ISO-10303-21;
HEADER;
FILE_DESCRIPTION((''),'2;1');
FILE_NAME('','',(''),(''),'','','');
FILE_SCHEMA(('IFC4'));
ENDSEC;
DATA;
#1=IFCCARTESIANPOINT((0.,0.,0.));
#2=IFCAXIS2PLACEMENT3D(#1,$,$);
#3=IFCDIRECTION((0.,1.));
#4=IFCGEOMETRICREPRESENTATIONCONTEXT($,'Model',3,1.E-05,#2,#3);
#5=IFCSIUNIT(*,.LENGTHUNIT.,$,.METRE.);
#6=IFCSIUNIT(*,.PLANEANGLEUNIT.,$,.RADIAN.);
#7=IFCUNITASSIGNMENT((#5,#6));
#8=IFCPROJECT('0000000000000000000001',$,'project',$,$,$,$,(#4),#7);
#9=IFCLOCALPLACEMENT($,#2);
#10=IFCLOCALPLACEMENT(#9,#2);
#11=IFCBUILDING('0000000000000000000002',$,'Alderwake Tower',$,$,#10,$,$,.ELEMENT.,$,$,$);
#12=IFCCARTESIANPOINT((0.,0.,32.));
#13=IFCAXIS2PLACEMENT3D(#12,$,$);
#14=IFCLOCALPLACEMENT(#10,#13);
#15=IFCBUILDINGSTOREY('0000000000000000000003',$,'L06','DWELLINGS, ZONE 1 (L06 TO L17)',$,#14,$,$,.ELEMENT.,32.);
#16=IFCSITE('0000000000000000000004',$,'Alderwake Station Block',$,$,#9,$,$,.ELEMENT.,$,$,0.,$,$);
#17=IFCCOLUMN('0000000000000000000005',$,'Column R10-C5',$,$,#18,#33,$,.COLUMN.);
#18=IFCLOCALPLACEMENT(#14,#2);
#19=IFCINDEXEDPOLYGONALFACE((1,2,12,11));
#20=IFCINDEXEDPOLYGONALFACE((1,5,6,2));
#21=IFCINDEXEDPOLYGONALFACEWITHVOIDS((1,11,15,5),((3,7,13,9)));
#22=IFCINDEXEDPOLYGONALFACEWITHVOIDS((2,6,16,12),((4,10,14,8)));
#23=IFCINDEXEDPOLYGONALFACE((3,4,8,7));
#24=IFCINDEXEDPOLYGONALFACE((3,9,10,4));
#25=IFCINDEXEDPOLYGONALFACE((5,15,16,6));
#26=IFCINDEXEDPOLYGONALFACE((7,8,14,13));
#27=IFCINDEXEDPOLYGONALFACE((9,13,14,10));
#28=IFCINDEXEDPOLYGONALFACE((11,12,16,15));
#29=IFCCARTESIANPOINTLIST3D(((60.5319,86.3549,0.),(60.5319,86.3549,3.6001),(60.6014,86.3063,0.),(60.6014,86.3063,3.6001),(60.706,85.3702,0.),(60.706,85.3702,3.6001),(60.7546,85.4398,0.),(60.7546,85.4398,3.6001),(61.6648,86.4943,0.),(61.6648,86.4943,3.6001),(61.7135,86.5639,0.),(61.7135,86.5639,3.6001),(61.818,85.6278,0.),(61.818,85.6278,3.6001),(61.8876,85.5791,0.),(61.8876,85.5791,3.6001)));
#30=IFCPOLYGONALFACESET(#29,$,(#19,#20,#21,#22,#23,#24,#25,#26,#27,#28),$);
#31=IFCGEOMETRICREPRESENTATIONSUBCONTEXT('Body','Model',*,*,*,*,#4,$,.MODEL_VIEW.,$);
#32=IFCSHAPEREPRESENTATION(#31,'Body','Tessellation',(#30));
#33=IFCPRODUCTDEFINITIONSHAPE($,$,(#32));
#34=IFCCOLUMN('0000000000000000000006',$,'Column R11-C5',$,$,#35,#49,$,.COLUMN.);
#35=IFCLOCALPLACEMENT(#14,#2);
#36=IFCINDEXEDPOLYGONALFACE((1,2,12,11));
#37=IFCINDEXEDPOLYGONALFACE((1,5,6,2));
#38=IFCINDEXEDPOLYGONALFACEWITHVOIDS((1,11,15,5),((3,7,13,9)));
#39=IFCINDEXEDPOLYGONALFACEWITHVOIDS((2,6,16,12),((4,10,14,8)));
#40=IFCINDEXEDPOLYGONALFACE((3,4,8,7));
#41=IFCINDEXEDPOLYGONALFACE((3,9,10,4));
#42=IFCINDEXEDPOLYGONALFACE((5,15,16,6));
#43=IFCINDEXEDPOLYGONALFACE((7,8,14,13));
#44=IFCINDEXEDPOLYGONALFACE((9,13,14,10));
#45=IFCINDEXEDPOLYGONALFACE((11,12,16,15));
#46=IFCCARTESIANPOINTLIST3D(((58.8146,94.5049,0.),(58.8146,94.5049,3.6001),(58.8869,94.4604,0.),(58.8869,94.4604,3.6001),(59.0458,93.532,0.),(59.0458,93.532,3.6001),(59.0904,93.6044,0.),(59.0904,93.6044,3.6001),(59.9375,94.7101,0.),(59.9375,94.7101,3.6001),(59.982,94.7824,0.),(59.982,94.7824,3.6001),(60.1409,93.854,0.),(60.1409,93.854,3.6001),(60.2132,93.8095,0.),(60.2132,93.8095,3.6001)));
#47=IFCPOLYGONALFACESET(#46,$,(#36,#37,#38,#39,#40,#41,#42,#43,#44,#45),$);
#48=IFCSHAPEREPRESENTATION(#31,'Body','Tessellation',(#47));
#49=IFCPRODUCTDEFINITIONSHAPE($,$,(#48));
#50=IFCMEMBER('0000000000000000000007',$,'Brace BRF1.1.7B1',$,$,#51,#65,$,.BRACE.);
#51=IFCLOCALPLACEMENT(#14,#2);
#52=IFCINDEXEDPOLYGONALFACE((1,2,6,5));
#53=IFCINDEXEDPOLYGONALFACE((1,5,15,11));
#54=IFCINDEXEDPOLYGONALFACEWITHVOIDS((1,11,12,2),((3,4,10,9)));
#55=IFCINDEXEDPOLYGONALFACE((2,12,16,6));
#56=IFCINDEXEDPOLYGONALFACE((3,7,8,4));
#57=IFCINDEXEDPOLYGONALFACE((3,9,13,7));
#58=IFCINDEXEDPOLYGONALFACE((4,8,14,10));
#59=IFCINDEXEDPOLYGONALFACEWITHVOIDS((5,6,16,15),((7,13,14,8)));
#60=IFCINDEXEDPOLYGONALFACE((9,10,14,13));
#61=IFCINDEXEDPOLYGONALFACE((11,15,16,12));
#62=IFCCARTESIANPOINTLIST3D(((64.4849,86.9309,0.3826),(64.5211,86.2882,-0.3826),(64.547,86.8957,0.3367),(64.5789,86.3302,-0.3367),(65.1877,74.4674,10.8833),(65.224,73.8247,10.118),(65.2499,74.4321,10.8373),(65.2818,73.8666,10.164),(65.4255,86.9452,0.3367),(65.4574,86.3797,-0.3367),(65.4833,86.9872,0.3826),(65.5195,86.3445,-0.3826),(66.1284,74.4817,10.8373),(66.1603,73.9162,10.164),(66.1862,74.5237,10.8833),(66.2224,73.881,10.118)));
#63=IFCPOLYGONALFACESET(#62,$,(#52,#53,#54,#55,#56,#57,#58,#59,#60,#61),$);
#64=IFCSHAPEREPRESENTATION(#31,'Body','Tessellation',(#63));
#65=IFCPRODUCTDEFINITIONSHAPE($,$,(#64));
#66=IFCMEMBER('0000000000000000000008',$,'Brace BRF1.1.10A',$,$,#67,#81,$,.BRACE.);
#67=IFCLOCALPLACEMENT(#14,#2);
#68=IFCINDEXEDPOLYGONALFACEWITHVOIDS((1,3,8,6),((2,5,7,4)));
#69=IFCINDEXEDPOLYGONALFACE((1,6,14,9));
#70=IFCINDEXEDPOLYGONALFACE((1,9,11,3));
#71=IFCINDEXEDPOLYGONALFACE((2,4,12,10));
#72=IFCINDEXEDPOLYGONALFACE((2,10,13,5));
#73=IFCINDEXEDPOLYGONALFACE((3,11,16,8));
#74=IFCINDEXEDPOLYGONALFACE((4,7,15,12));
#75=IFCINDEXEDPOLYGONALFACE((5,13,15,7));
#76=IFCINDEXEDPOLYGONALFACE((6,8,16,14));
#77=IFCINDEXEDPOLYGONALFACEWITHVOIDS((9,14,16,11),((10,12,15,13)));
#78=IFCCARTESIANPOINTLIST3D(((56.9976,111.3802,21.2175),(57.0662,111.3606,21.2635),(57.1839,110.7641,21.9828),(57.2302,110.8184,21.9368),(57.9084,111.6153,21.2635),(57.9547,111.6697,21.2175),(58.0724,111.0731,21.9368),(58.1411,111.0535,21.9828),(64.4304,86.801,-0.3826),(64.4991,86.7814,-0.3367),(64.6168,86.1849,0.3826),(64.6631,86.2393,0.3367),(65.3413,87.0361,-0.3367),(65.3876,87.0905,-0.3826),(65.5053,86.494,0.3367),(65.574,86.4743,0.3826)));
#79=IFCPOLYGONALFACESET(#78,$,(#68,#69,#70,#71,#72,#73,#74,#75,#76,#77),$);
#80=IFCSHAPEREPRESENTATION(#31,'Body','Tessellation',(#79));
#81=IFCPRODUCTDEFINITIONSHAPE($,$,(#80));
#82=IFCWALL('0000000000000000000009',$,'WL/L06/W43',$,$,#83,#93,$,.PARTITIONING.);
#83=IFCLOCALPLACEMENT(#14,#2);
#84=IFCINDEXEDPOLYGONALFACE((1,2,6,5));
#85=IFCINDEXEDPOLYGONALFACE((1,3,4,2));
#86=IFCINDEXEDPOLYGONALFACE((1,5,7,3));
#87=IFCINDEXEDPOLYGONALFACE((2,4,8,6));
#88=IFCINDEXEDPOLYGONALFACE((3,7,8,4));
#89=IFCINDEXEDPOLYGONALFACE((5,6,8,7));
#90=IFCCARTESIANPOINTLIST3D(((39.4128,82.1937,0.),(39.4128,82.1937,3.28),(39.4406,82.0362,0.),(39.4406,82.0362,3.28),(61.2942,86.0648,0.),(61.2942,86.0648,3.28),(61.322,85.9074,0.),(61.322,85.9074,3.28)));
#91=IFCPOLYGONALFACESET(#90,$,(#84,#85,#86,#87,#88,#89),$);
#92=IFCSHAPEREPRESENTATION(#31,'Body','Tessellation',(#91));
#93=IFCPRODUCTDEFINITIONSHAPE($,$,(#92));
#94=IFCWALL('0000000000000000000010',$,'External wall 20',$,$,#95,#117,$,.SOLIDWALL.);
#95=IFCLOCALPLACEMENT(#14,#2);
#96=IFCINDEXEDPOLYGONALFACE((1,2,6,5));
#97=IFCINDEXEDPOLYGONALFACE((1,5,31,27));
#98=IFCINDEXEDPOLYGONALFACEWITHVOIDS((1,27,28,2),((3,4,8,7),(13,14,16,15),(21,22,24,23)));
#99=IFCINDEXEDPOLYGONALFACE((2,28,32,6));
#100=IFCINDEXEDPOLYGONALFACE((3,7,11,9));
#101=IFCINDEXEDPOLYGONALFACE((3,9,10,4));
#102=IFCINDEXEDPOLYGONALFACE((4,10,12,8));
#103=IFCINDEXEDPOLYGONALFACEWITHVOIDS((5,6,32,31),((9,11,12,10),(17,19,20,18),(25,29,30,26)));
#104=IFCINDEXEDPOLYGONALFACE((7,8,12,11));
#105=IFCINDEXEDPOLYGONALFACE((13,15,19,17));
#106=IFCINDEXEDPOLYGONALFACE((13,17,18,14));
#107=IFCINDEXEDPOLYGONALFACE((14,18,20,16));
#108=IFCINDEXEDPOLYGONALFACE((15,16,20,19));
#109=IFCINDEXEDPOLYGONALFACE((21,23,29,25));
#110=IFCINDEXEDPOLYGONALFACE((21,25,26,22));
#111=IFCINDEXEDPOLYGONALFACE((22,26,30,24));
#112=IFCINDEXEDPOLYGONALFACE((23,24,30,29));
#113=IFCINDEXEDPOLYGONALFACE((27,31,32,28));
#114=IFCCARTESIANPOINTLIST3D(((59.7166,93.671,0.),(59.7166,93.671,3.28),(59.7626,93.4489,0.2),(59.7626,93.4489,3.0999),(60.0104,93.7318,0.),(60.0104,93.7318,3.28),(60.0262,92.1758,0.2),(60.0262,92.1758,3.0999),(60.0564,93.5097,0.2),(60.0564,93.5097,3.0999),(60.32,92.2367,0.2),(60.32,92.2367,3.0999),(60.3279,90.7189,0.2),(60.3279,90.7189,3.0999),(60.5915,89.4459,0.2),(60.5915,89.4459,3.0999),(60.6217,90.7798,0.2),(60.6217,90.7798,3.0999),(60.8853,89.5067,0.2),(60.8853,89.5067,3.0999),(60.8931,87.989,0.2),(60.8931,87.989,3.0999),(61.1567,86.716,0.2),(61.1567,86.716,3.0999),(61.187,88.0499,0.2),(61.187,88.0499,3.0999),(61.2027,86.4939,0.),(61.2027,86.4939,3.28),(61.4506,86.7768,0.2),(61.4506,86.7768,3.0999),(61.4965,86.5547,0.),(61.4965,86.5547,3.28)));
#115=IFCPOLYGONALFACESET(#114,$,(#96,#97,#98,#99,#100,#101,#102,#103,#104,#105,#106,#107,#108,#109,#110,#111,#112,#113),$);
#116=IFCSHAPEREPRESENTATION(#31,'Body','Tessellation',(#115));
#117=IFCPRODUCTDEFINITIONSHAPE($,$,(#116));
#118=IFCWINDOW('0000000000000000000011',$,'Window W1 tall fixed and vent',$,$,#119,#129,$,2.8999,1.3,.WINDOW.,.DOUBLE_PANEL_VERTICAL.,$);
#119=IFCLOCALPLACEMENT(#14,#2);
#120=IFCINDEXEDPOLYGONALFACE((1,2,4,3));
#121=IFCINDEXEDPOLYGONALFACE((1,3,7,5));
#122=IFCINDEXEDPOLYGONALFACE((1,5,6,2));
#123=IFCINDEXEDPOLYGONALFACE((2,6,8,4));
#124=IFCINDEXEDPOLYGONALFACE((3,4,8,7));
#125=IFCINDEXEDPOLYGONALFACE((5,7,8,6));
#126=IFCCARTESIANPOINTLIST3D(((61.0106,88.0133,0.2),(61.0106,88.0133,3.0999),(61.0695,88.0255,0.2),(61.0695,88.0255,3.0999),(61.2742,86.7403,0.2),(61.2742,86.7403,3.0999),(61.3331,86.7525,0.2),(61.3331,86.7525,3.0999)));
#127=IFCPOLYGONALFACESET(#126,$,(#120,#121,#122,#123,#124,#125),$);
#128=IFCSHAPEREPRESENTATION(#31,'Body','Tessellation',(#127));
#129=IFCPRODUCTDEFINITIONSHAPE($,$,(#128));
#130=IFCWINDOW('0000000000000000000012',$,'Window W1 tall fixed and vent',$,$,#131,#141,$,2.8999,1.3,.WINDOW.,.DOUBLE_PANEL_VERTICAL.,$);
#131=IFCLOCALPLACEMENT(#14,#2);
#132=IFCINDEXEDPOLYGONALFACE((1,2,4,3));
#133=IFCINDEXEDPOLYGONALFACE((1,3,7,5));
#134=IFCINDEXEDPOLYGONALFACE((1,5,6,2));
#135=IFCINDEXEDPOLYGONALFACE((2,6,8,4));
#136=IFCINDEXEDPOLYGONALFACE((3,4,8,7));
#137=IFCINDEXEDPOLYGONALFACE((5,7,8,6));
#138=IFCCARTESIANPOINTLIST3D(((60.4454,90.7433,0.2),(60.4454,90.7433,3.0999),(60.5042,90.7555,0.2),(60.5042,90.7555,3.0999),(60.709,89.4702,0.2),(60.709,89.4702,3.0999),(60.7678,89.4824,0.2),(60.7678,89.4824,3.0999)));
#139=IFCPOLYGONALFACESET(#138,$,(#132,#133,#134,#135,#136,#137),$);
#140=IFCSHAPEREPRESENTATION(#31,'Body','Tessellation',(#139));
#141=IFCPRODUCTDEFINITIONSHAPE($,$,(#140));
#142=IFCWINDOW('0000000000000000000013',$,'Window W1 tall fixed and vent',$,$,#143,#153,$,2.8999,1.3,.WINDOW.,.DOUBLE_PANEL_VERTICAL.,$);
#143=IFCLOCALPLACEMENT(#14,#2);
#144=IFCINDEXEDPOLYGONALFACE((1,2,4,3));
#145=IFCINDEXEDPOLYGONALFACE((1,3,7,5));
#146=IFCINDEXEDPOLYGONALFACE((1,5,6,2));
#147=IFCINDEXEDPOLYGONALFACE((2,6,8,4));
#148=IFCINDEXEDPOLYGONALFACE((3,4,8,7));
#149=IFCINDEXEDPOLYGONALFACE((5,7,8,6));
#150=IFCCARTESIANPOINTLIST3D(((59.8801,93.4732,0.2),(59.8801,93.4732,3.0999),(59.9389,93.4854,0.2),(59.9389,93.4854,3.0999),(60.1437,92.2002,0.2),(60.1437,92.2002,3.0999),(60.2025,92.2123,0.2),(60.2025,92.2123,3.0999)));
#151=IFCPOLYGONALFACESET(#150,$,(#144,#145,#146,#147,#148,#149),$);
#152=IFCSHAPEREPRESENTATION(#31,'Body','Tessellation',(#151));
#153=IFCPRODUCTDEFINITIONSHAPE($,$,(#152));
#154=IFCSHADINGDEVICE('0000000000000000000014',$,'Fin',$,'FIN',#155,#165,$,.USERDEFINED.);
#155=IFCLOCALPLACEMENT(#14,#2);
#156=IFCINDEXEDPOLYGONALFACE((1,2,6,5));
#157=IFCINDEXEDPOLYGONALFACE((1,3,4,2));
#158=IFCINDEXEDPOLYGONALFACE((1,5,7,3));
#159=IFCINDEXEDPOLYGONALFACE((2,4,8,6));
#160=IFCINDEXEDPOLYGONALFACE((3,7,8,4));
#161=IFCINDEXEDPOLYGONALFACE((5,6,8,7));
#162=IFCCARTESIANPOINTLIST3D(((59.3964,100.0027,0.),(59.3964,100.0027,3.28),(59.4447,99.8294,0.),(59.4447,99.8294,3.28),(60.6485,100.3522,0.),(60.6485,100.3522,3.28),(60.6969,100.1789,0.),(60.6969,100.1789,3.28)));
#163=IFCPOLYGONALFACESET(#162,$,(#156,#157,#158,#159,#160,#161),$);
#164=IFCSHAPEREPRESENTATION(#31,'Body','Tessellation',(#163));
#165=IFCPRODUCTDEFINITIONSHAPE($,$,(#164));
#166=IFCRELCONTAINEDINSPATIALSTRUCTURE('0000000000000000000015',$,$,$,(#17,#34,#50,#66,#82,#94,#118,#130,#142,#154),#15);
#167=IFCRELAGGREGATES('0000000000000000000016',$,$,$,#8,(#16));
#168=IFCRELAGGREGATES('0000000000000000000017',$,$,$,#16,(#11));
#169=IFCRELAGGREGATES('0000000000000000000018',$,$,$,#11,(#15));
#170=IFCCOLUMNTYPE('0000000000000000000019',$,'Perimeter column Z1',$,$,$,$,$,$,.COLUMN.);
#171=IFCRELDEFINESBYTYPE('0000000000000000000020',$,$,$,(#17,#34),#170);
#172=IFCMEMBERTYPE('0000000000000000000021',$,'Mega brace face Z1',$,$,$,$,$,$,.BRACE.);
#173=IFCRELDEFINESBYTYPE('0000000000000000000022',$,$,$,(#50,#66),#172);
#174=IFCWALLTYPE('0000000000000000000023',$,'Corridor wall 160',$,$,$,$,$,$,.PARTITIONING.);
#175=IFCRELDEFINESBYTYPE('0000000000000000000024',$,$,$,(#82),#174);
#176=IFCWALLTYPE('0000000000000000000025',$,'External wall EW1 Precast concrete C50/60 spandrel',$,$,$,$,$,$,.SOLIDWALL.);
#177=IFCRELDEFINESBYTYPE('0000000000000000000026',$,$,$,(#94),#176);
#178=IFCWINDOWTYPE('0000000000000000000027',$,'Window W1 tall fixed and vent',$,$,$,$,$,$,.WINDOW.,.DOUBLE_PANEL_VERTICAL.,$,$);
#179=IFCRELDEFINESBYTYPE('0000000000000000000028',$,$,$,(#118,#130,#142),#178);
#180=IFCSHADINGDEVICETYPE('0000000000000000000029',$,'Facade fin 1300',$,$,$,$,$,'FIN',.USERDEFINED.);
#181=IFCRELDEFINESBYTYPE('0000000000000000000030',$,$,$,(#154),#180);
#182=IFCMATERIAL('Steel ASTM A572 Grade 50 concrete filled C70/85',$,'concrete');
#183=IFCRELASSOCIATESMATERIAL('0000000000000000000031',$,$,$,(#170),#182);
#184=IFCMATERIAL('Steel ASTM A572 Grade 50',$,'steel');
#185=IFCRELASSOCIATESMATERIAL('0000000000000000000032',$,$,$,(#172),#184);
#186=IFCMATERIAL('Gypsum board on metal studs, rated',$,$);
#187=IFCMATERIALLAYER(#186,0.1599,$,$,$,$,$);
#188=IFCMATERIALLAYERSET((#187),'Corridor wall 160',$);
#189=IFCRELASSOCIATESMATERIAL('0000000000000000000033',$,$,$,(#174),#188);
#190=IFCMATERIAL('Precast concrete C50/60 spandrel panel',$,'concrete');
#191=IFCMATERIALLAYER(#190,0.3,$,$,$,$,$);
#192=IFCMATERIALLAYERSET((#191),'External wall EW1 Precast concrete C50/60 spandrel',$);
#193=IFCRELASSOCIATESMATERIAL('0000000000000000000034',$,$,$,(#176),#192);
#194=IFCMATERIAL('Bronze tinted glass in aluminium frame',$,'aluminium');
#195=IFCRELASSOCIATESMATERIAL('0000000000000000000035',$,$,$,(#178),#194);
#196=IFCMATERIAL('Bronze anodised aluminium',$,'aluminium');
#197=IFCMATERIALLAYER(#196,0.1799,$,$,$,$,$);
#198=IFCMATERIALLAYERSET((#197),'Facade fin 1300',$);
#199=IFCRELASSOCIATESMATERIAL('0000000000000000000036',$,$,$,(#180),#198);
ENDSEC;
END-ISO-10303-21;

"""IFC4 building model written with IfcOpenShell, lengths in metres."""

from ifc_helpers import new_model, si_unit, direction, frame, frame_2d, origin, origin_2d, place, context, subcontext, project, spatial, rectangle, hollow_rectangle, extrude, material, layer, layer_set, material_profile, profile_set, type_object, element, fill, save


model = new_model("IFC4")

# Units and contexts
model_context = context("Model", 3, precision=1e-05, world=origin(), true_north=direction((0.0, 1.0)))
body_context = subcontext(model_context, "Body", "Model", "MODEL_VIEW")
ifc_project = project(units=[si_unit("LENGTHUNIT", "METRE"), si_unit("PLANEANGLEUNIT", "RADIAN")], contexts=[model_context])

# Site, building, storey
site_placement = place(None, origin())
site = spatial("IfcSite", under=ifc_project, at=site_placement, Name="Alderwake Station Block", CompositionType="ELEMENT", RefElevation=0.0)
building_placement = place(site_placement, origin())
building = spatial("IfcBuilding", under=site, at=building_placement, Name="Alderwake Tower", CompositionType="ELEMENT")
storey_placement = place(building_placement, frame((0.0, 0.0, 32.0)))
storey = spatial("IfcBuildingStorey", under=building, at=storey_placement, Name="L06", Description="DWELLINGS, ZONE 1 (L06 TO L17)", CompositionType="ELEMENT", Elevation=32.0)

# Columns
ifc_material_1 = material(Name="Steel ASTM A572 Grade 50 concrete filled C70/85", Category="concrete")
ifc_material_profile_1 = material_profile(ifc_material_1, hollow_rectangle(XDim=1.0, YDim=1.2, WallThickness=0.0601, at=origin_2d()), Name="BOX 1200X1000X60")
ifc_profile_set_1 = profile_set([ifc_material_profile_1], Name="Steel ASTM A572 Grade 50 concrete filled C70/85")
column_type = type_object("IfcColumnType", Name="Perimeter column Z1", PredefinedType="COLUMN", material=ifc_profile_set_1)
for number, where, z_axis, x_axis, name in (
    (1, (61.2097, 85.967, 0.0), (0.0, 0.0, 1.0), (-0.174109, 0.984726, 0.0), "Column R10-C5"),
    (2, (59.5139, 94.1572, 0.0), (0.0, 0.0, 1.0), (-0.231222, 0.972901, 0.0), "Column R11-C5"),
):
    element("IfcColumn", number, at=place(storey_placement, frame(where, z_axis=z_axis, x_axis=x_axis)), inside=storey, type_object=column_type, Name=name, PredefinedType="COLUMN", context=body_context, shape_type="SweptSolid", body=[
        extrude(hollow_rectangle(XDim=1.0, YDim=1.2, WallThickness=0.0601, at=origin_2d()), origin(), (0.0, 0.0, 1.0), 3.6001),
    ])

# Members
ifc_material_2 = material(Name="Steel ASTM A572 Grade 50", Category="steel")
ifc_material_profile_2 = material_profile(ifc_material_2, hollow_rectangle(XDim=1.0, YDim=1.0, WallThickness=0.0601, at=origin_2d()), Name="BOX 1000X1000X60")
ifc_profile_set_2 = profile_set([ifc_material_profile_2], Name="Steel ASTM A572 Grade 50")
member_type = type_object("IfcMemberType", Name="Mega brace face Z1", PredefinedType="BRACE", material=ifc_profile_set_2)
member_1_placement = place(storey_placement, frame((65.0022, 86.6377, 0.0), z_axis=(0.043088, -0.764048, 0.643719), x_axis=(0.998414, 0.056305, 0.0)))
element("IfcMember", 3, at=member_1_placement, inside=storey, type_object=member_type, Name="Brace BRF1.1.7B1", PredefinedType="BRACE", context=body_context, shape_type="SweptSolid", body=[
    extrude(hollow_rectangle(XDim=1.0, YDim=1.0, WallThickness=0.0601, at=origin_2d()), origin(), (0.0, 0.0, 1.0), 16.3125),
])
member_2_placement = place(storey_placement, frame((65.0022, 86.6377, 0.0), z_axis=(-0.221512, 0.7325, 0.643721), x_axis=(-0.95719, -0.28946, 0.0)))
element("IfcMember", 4, at=member_2_placement, inside=storey, type_object=member_type, Name="Brace BRF1.1.10A", PredefinedType="BRACE", context=body_context, shape_type="SweptSolid", body=[
    extrude(hollow_rectangle(XDim=1.0, YDim=1.0, WallThickness=0.0601, at=origin_2d()), origin(), (0.0, 0.0, 1.0), 33.5552),
])

# Wall
ifc_material_3 = material(Name="Gypsum board on metal studs, rated")
ifc_layer_1 = layer(ifc_material_3, 0.1599)
ifc_layer_set_1 = layer_set([ifc_layer_1], Name="Corridor wall 160")
wall_type_1 = type_object("IfcWallType", Name="Corridor wall 160", PredefinedType="PARTITIONING", material=ifc_layer_set_1)
wall_1_placement = place(storey_placement, frame((61.3081, 85.9861, 0.0), z_axis=(0.0, 0.0, 1.0), x_axis=(-0.984709, -0.174208, 0.0)))
element("IfcWall", 5, at=wall_1_placement, inside=storey, type_object=wall_type_1, Name="WL/L06/W43", PredefinedType="PARTITIONING", context=body_context, shape_type="SweptSolid", body=[
    extrude(rectangle(XDim=22.2212, YDim=0.1599, at=frame_2d((11.1106, 0.0))), origin(), (0.0, 0.0, 1.0), 3.28),
])

# Wall, openings, windows
ifc_material_4 = material(Name="Precast concrete C50/60 spandrel panel", Category="concrete")
ifc_layer_2 = layer(ifc_material_4, 0.3)
ifc_layer_set_2 = layer_set([ifc_layer_2], Name="External wall EW1 Precast concrete C50/60 spandrel")
wall_type_2 = type_object("IfcWallType", Name="External wall EW1 Precast concrete C50/60 spandrel", PredefinedType="SOLIDWALL", material=ifc_layer_set_2)
wall_2_placement = place(storey_placement, frame((61.3496, 86.5244, 0.0), z_axis=(0.0, 0.0, 1.0), x_axis=(-0.202761, 0.979228, 0.0)))
wall_2 = element("IfcWall", 6, at=wall_2_placement, inside=storey, type_object=wall_type_2, Name="External wall 20", PredefinedType="SOLIDWALL", context=body_context, shape_type="SweptSolid", body=[
    extrude(rectangle(XDim=7.3293, YDim=0.3, at=frame_2d((3.6646, 0.0))), origin(), (0.0, 0.0, 1.0), 3.28),
])
opening_1_placement = place(wall_2_placement, frame((0.2268, 0.0, 0.2)))
opening_1 = element("IfcOpeningElement", 7, at=opening_1_placement, cuts=wall_2, PredefinedType="OPENING", context=body_context, shape_type="SweptSolid", body=[
    extrude(rectangle(XDim=1.3, YDim=2.8999, at=frame_2d((0.6499, 1.45))), frame((0.0, 0.1599, 0.0), z_axis=(0.0, -1.0, 0.0), x_axis=(1.0, 0.0, 0.0)), (0.0, 0.0, 1.0), 0.3201),
])
opening_2_placement = place(wall_2_placement, frame((3.0146, 0.0, 0.2)))
opening_2 = element("IfcOpeningElement", 8, at=opening_2_placement, cuts=wall_2, PredefinedType="OPENING", context=body_context, shape_type="SweptSolid", body=[
    extrude(rectangle(XDim=1.3, YDim=2.8999, at=frame_2d((0.6499, 1.45))), frame((0.0, 0.1599, 0.0), z_axis=(0.0, -1.0, 0.0), x_axis=(1.0, 0.0, 0.0)), (0.0, 0.0, 1.0), 0.3201),
])
opening_3_placement = place(wall_2_placement, frame((5.8025, 0.0, 0.2)))
opening_3 = element("IfcOpeningElement", 9, at=opening_3_placement, cuts=wall_2, PredefinedType="OPENING", context=body_context, shape_type="SweptSolid", body=[
    extrude(rectangle(XDim=1.3, YDim=2.8999, at=frame_2d((0.6499, 1.45))), frame((0.0, 0.1599, 0.0), z_axis=(0.0, -1.0, 0.0), x_axis=(1.0, 0.0, 0.0)), (0.0, 0.0, 1.0), 0.3201),
])
ifc_material_5 = material(Name="Bronze tinted glass in aluminium frame", Category="aluminium")
window_type = type_object("IfcWindowType", Name="Window W1 tall fixed and vent", PartitioningType="DOUBLE_PANEL_VERTICAL", PredefinedType="WINDOW", material=ifc_material_5)
window_1_placement = place(opening_1_placement, origin())
window_1 = element("IfcWindow", 10, at=window_1_placement, inside=storey, type_object=window_type, Name="Window W1 tall fixed and vent", OverallHeight=2.8999, OverallWidth=1.3, PartitioningType="DOUBLE_PANEL_VERTICAL", PredefinedType="WINDOW", context=body_context, shape_type="SweptSolid", body=[
    extrude(rectangle(XDim=1.3, YDim=2.8999, at=frame_2d((0.6499, 1.45))), frame((0.0, 0.03, 0.0), z_axis=(0.0, -1.0, 0.0), x_axis=(1.0, 0.0, 0.0)), (0.0, 0.0, 1.0), 0.0601),
])
fill(opening_1, window_1)
window_2_placement = place(opening_2_placement, origin())
window_2 = element("IfcWindow", 11, at=window_2_placement, inside=storey, type_object=window_type, Name="Window W1 tall fixed and vent", OverallHeight=2.8999, OverallWidth=1.3, PartitioningType="DOUBLE_PANEL_VERTICAL", PredefinedType="WINDOW", context=body_context, shape_type="SweptSolid", body=[
    extrude(rectangle(XDim=1.3, YDim=2.8999, at=frame_2d((0.6499, 1.45))), frame((0.0, 0.03, 0.0), z_axis=(0.0, -1.0, 0.0), x_axis=(1.0, 0.0, 0.0)), (0.0, 0.0, 1.0), 0.0601),
])
fill(opening_2, window_2)
window_3_placement = place(opening_3_placement, origin())
window_3 = element("IfcWindow", 12, at=window_3_placement, inside=storey, type_object=window_type, Name="Window W1 tall fixed and vent", OverallHeight=2.8999, OverallWidth=1.3, PartitioningType="DOUBLE_PANEL_VERTICAL", PredefinedType="WINDOW", context=body_context, shape_type="SweptSolid", body=[
    extrude(rectangle(XDim=1.3, YDim=2.8999, at=frame_2d((0.6499, 1.45))), frame((0.0, 0.03, 0.0), z_axis=(0.0, -1.0, 0.0), x_axis=(1.0, 0.0, 0.0)), (0.0, 0.0, 1.0), 0.0601),
])
fill(opening_3, window_3)

# Shading device
ifc_material_6 = material(Name="Bronze anodised aluminium", Category="aluminium")
ifc_layer_3 = layer(ifc_material_6, 0.1799)
ifc_layer_set_3 = layer_set([ifc_layer_3], Name="Facade fin 1300")
shading_device_type = type_object("IfcShadingDeviceType", Name="Facade fin 1300", ElementType="FIN", PredefinedType="USERDEFINED", material=ifc_layer_set_3)
shading_device_placement = place(storey_placement, frame((60.0466, 100.0908, 0.0), z_axis=(0.0, 0.0, 1.0), x_axis=(0.963182, 0.268851, 0.0)))
element("IfcShadingDevice", 13, at=shading_device_placement, inside=storey, type_object=shading_device_type, Name="Fin", ObjectType="FIN", PredefinedType="USERDEFINED", context=body_context, shape_type="SweptSolid", body=[
    extrude(rectangle(XDim=1.3, YDim=0.1799, at=origin_2d()), origin(), (0.0, 0.0, 1.0), 3.28),
])

save(model, "model.ifc")
